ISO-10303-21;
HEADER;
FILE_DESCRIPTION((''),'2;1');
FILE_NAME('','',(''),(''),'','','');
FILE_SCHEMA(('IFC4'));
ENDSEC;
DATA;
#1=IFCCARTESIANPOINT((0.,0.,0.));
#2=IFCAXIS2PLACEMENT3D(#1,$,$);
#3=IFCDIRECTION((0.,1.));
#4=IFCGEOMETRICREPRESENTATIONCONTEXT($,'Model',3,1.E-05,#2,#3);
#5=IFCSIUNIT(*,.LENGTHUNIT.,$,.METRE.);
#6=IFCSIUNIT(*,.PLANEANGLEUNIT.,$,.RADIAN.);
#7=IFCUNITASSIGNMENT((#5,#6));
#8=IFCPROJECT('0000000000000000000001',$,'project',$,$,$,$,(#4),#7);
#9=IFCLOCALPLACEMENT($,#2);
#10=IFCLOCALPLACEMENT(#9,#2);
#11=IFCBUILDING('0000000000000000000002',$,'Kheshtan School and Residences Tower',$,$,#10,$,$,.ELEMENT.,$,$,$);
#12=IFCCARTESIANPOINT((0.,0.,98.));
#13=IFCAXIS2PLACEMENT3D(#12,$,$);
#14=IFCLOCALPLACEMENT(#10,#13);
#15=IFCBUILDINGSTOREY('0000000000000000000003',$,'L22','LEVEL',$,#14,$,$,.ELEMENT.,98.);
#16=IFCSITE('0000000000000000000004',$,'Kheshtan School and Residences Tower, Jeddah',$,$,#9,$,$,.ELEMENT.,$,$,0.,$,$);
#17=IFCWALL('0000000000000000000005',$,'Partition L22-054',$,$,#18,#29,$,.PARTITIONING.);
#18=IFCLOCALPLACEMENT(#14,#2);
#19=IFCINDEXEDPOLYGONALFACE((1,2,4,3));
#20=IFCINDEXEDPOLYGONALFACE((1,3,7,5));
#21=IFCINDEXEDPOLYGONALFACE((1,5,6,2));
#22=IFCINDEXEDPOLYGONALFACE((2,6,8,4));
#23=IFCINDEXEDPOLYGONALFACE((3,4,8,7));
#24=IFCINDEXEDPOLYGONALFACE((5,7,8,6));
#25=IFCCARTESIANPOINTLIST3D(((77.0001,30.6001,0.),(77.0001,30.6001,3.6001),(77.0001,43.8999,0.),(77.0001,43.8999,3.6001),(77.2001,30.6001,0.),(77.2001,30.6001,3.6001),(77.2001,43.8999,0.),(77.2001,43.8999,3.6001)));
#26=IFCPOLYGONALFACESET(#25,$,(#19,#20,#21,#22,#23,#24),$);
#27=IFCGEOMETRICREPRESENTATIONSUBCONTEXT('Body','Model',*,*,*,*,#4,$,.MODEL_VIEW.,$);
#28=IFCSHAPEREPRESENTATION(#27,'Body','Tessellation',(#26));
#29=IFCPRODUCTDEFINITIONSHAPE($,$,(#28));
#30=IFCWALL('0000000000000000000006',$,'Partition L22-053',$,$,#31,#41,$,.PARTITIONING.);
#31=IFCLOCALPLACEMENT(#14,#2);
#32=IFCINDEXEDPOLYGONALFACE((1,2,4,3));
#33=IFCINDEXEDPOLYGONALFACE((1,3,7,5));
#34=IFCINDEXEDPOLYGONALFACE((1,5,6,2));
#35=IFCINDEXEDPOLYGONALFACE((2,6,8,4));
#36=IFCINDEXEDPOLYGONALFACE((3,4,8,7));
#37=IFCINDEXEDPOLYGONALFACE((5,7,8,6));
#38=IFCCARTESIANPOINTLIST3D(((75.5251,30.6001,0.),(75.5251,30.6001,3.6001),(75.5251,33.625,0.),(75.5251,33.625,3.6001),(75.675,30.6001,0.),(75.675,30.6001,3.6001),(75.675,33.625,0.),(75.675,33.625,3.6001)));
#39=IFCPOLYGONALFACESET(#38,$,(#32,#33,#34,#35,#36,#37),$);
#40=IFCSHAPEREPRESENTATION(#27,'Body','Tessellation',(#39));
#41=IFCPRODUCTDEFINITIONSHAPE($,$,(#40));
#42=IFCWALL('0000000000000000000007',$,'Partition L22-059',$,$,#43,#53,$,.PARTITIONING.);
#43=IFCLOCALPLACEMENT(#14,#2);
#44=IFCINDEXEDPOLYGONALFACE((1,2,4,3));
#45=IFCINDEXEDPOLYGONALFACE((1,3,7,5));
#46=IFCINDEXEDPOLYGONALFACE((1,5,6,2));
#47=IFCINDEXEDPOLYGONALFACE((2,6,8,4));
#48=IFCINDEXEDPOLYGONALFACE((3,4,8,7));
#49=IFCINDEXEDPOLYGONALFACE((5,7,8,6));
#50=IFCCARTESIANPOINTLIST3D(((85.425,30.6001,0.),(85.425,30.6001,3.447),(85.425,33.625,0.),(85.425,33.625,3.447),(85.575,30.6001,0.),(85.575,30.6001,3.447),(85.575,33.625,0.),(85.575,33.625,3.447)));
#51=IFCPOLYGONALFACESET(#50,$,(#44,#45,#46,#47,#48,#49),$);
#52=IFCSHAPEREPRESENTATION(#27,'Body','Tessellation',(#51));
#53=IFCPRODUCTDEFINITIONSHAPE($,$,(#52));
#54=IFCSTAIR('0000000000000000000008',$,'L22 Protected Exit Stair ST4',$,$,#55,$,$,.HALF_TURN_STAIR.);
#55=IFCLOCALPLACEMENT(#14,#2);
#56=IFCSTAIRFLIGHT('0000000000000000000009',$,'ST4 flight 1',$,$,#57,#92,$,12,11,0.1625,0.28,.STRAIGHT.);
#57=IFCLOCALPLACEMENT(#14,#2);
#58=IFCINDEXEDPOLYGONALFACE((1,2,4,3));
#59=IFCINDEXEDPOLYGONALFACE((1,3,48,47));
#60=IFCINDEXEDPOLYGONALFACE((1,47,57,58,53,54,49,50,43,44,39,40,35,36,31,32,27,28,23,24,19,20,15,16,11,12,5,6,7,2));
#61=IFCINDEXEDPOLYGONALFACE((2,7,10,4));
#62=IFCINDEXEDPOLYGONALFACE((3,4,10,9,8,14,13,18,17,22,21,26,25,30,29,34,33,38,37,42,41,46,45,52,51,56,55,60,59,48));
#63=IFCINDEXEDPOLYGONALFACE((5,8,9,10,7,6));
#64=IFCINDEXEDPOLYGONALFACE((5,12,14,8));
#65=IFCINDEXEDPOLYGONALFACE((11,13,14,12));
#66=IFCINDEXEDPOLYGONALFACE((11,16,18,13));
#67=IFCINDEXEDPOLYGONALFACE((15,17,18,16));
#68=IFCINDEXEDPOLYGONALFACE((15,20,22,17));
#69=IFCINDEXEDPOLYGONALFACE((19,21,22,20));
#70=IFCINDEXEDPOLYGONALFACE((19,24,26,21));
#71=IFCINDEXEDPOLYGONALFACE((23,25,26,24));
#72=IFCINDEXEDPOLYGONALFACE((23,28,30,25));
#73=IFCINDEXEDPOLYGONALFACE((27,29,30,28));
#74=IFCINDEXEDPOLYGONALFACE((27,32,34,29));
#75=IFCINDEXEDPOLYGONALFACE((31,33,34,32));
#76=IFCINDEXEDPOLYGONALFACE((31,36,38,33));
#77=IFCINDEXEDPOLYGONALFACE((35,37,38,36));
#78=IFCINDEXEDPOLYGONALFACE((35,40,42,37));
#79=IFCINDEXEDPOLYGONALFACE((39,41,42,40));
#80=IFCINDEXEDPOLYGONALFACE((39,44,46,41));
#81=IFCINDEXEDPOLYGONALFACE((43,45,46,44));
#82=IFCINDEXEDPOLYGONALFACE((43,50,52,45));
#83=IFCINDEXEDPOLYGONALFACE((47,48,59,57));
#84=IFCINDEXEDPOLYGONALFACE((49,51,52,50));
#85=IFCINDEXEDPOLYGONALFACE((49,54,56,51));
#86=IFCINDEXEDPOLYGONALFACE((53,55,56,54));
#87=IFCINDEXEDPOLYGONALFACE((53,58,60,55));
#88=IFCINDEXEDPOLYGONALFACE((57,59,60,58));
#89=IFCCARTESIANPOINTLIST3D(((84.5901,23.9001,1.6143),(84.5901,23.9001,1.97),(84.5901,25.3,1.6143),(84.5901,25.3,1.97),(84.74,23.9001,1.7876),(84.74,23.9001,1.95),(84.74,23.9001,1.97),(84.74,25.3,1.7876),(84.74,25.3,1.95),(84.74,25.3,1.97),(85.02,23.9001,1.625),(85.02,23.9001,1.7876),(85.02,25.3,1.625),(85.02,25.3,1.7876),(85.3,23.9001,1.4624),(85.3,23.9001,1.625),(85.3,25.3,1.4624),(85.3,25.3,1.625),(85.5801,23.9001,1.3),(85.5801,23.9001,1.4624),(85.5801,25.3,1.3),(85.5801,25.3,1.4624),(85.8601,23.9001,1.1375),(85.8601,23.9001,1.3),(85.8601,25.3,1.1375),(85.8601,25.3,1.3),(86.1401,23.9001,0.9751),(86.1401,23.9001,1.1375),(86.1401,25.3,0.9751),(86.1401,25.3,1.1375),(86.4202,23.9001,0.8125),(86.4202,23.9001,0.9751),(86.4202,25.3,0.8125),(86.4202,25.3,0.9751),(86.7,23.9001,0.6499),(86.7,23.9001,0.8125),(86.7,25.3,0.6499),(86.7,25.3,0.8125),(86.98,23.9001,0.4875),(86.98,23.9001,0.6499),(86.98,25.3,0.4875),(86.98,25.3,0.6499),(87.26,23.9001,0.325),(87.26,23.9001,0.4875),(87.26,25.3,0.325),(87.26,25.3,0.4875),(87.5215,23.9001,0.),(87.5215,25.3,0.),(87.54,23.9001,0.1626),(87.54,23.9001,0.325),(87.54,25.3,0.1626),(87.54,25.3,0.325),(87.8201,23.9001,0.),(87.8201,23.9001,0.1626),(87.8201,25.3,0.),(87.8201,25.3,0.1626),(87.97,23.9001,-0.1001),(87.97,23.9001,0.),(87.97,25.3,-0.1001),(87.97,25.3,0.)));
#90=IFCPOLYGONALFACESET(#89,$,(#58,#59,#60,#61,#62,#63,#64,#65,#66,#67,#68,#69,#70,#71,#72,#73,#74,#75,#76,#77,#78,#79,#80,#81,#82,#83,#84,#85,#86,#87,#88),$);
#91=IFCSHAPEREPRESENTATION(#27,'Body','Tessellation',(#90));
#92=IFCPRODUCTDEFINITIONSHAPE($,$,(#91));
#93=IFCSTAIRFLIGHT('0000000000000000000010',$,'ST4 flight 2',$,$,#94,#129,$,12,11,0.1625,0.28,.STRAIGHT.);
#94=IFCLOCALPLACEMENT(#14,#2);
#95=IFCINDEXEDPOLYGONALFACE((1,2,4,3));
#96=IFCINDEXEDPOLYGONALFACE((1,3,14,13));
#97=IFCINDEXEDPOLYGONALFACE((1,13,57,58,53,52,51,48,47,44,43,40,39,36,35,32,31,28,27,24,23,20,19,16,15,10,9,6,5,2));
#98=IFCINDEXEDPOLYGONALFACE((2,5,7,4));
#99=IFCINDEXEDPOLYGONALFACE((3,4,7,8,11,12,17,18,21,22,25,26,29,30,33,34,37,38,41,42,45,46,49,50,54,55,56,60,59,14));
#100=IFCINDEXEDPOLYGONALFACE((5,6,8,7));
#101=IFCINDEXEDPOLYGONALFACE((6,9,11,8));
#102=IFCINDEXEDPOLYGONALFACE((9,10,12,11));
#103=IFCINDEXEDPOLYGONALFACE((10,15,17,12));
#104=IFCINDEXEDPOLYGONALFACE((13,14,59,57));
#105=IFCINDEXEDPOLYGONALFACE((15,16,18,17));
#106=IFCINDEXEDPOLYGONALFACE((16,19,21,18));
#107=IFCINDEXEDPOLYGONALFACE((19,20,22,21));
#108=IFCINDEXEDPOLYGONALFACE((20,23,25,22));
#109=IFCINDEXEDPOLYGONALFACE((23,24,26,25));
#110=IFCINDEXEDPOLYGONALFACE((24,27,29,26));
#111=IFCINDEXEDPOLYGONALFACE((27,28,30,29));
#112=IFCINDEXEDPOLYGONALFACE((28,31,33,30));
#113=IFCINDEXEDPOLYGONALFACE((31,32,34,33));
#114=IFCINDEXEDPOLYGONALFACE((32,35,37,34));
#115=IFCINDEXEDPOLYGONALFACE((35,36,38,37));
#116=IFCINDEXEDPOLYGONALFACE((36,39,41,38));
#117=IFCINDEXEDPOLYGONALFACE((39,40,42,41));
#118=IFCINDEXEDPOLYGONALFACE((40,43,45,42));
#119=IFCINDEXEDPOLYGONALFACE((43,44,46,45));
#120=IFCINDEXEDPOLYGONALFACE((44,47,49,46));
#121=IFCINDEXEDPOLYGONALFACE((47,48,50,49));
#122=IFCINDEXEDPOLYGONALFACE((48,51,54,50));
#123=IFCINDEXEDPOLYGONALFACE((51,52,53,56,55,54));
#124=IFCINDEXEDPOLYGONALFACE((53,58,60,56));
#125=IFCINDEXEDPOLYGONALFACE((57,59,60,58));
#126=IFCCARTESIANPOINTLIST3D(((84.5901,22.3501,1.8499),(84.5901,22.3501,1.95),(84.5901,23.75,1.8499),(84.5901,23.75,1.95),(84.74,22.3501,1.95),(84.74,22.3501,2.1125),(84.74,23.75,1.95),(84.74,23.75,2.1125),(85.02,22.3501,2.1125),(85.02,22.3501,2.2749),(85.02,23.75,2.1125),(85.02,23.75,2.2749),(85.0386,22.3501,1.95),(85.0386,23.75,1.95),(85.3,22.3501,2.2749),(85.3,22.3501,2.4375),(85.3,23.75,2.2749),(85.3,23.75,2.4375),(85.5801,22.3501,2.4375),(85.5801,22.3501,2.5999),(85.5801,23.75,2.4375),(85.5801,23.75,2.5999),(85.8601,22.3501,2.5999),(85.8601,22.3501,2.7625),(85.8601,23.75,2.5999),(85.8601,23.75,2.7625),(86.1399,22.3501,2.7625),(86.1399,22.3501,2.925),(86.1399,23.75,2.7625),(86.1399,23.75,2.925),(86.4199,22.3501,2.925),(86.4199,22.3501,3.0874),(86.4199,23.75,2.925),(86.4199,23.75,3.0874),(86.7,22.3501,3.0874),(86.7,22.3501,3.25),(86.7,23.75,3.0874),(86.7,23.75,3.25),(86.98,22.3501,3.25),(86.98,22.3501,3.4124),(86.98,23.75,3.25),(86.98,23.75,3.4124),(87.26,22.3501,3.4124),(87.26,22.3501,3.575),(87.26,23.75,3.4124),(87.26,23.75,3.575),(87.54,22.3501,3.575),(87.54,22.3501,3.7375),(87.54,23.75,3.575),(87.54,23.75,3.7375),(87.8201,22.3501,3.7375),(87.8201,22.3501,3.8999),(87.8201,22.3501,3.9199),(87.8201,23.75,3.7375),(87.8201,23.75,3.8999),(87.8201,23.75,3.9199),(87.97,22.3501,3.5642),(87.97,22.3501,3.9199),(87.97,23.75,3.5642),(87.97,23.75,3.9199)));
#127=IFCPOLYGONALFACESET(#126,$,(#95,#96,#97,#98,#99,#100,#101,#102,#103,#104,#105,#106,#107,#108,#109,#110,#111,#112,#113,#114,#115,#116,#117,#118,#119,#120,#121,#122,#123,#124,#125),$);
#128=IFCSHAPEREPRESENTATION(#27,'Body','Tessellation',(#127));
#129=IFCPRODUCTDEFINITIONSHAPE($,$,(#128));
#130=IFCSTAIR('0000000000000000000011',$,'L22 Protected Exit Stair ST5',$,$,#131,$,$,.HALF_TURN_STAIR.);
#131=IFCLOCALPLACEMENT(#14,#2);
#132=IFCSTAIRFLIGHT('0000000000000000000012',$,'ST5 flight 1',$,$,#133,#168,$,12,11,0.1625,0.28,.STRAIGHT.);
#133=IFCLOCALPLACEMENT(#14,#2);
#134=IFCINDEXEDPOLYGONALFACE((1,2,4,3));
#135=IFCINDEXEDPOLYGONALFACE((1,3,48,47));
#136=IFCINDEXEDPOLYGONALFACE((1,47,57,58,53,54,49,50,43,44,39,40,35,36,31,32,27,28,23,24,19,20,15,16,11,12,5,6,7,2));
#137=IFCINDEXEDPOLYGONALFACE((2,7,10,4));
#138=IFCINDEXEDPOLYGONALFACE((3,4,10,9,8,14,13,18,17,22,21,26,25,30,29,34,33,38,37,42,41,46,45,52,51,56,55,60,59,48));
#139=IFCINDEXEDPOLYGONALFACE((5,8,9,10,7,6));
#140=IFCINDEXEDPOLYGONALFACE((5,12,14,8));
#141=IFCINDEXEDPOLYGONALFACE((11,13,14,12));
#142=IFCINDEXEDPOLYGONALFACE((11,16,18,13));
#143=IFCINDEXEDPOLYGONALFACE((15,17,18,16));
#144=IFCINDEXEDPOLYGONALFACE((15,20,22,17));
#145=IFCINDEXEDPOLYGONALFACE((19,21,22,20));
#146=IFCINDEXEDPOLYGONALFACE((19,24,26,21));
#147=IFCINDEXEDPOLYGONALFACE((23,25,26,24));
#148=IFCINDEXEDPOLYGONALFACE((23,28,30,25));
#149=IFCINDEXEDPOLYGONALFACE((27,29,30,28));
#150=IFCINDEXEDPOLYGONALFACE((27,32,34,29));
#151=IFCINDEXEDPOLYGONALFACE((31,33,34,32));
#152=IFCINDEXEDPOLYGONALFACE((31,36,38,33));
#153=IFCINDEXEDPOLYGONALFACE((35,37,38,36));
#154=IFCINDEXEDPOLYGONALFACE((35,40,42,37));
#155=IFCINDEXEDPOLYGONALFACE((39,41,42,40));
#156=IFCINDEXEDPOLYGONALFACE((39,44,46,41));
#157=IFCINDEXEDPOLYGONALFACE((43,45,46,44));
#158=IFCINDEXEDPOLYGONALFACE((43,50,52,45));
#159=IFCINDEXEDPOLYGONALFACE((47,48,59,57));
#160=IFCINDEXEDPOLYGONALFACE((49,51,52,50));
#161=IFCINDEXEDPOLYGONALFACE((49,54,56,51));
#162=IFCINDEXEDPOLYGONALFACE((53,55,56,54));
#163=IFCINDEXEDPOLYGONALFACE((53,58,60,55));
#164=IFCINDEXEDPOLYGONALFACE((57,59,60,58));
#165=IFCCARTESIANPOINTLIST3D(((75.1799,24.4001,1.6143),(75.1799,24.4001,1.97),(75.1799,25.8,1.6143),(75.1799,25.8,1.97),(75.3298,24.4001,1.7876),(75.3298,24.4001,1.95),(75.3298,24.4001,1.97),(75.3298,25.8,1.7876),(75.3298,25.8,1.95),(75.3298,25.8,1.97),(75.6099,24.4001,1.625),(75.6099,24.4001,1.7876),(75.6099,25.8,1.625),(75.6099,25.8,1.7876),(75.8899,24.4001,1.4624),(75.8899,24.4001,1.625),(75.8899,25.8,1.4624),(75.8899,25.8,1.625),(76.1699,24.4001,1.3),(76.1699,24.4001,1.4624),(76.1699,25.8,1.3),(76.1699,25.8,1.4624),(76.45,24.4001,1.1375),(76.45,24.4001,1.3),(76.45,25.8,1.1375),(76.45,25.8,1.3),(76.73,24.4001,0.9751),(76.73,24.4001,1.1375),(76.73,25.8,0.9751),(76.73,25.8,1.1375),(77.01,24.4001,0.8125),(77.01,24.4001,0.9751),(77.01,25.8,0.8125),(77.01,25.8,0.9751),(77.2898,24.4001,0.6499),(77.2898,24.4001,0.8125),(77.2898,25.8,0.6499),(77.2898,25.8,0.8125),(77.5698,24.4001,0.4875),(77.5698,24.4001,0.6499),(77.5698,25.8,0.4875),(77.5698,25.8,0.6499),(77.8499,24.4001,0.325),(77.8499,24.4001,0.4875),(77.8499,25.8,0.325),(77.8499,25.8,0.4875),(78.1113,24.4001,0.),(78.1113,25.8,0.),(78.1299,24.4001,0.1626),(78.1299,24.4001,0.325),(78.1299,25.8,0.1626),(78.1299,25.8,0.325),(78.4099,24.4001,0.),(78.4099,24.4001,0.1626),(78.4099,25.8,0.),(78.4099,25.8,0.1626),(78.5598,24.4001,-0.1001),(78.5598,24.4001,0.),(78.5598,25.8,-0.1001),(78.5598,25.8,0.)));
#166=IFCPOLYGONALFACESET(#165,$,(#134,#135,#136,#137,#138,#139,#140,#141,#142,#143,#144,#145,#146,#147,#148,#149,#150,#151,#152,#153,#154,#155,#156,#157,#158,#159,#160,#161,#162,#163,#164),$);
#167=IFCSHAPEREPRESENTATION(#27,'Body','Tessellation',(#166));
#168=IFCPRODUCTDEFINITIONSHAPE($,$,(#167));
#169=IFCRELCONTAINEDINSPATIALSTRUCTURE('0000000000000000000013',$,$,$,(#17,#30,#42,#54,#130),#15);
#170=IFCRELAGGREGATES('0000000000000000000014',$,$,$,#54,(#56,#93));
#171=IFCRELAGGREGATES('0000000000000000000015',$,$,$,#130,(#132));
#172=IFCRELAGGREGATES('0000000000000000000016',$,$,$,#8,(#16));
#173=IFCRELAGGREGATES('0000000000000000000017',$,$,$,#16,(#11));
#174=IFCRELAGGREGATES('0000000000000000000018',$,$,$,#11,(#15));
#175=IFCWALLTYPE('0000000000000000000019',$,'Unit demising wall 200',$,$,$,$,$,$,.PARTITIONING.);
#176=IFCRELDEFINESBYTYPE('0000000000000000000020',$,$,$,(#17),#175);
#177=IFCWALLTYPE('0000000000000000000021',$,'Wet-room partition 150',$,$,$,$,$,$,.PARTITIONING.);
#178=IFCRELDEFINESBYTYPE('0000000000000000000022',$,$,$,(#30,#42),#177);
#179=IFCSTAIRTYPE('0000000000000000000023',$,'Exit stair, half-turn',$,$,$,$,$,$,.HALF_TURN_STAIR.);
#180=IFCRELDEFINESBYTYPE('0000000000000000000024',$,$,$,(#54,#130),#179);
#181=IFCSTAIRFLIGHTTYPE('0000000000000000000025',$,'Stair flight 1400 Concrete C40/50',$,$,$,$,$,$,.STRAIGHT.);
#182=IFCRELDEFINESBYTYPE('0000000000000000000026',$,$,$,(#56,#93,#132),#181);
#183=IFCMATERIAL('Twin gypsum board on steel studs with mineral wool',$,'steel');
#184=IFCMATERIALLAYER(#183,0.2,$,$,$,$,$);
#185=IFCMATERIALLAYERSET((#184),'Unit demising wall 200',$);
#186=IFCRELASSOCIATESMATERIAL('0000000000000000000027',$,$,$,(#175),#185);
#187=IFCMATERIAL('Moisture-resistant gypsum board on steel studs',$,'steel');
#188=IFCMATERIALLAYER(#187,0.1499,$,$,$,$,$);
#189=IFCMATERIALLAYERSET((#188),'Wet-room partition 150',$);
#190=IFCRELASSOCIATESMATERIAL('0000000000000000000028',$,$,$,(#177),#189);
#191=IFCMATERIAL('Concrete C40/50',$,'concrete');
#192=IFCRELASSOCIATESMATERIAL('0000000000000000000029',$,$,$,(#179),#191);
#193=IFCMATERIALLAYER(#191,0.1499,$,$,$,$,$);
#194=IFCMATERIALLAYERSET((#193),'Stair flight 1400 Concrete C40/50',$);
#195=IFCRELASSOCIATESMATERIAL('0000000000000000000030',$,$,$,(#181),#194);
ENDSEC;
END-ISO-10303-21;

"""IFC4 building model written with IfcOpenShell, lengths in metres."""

from ifc_helpers import new_model, si_unit, direction, frame, frame_2d, origin, place, context, subcontext, project, spatial, polyline, rectangle, outline, extrude, material, layer, layer_set, type_object, element, aggregate, save


model = new_model("IFC4")

# Units and contexts
model_context = context("Model", 3, precision=1e-05, world=origin(), true_north=direction((0.0, 1.0)))
body_context = subcontext(model_context, "Body", "Model", "MODEL_VIEW")
ifc_project = project(units=[si_unit("LENGTHUNIT", "METRE"), si_unit("PLANEANGLEUNIT", "RADIAN")], contexts=[model_context])

# Site, building, storey
site_placement = place(None, origin())
site = spatial("IfcSite", under=ifc_project, at=site_placement, Name="Kheshtan School and Residences Tower, Jeddah", CompositionType="ELEMENT", RefElevation=0.0)
building_placement = place(site_placement, origin())
building = spatial("IfcBuilding", under=site, at=building_placement, Name="Kheshtan School and Residences Tower", CompositionType="ELEMENT")
storey_placement = place(building_placement, frame((0.0, 0.0, 98.0)))
storey = spatial("IfcBuildingStorey", under=building, at=storey_placement, Name="L22", Description="LEVEL", CompositionType="ELEMENT", Elevation=98.0)

# Shared definitions
ifc_material_1 = material(Name="Concrete C40/50", Category="concrete")

# Walls
ifc_material_2 = material(Name="Twin gypsum board on steel studs with mineral wool", Category="steel")
ifc_layer_1 = layer(ifc_material_2, 0.2)
ifc_layer_set_1 = layer_set([ifc_layer_1], Name="Unit demising wall 200")
wall_type_1 = type_object("IfcWallType", Name="Unit demising wall 200", PredefinedType="PARTITIONING", material=ifc_layer_set_1)
wall_1_placement = place(storey_placement, frame((77.1001, 30.6001, 0.0), z_axis=(0.0, 0.0, 1.0), x_axis=(0.0, 1.0, 0.0)))
element("IfcWall", 1, at=wall_1_placement, inside=storey, type_object=wall_type_1, Name="Partition L22-054", PredefinedType="PARTITIONING", context=body_context, shape_type="SweptSolid", body=[
    extrude(rectangle(XDim=13.2998, YDim=0.2, at=frame_2d((6.6499, 0.0))), origin(), (0.0, 0.0, 1.0), 3.6001),
])
ifc_material_3 = material(Name="Moisture-resistant gypsum board on steel studs", Category="steel")
ifc_layer_2 = layer(ifc_material_3, 0.1499)
ifc_layer_set_2 = layer_set([ifc_layer_2], Name="Wet-room partition 150")
wall_type_2 = type_object("IfcWallType", Name="Wet-room partition 150", PredefinedType="PARTITIONING", material=ifc_layer_set_2)
wall_2_placement = place(storey_placement, frame((75.6001, 30.6001, 0.0), z_axis=(0.0, 0.0, 1.0), x_axis=(0.0, 1.0, 0.0)))
element("IfcWall", 2, at=wall_2_placement, inside=storey, type_object=wall_type_2, Name="Partition L22-053", PredefinedType="PARTITIONING", context=body_context, shape_type="SweptSolid", body=[
    extrude(rectangle(XDim=3.0249, YDim=0.1499, at=frame_2d((1.5125, 0.0))), origin(), (0.0, 0.0, 1.0), 3.6001),
])
wall_3_placement = place(storey_placement, frame((85.5, 30.6001, 0.0), z_axis=(0.0, 0.0, 1.0), x_axis=(0.0, 1.0, 0.0)))
element("IfcWall", 3, at=wall_3_placement, inside=storey, type_object=wall_type_2, Name="Partition L22-059", PredefinedType="PARTITIONING", context=body_context, shape_type="SweptSolid", body=[
    extrude(rectangle(XDim=3.0249, YDim=0.1499, at=frame_2d((1.5125, 0.0))), origin(), (0.0, 0.0, 1.0), 3.447),
])

# Stair, stair flights
stair_type = type_object("IfcStairType", Name="Exit stair, half-turn", PredefinedType="HALF_TURN_STAIR", material=ifc_material_1)
stair_1_placement = place(storey_placement, origin())
stair_1 = element("IfcStair", 4, at=stair_1_placement, inside=storey, type_object=stair_type, Name="L22 Protected Exit Stair ST4", PredefinedType="HALF_TURN_STAIR")
ifc_layer_3 = layer(ifc_material_1, 0.1499)
ifc_layer_set_3 = layer_set([ifc_layer_3], Name="Stair flight 1400 Concrete C40/50")
stair_flight_type = type_object("IfcStairFlightType", Name="Stair flight 1400 Concrete C40/50", PredefinedType="STRAIGHT", material=ifc_layer_set_3)
stair_flight_1_placement = place(storey_placement, frame((87.8201, 24.6001, 0.0), z_axis=(0.0, 0.0, 1.0), x_axis=(-1.0, 0.0, 0.0)))
stair_flight_1 = element("IfcStairFlight", 5, at=stair_flight_1_placement, type_object=stair_flight_type, Name="ST4 flight 1", NumberOfRisers=12, NumberOfTreads=11, PredefinedType="STRAIGHT", RiserHeight=0.1625, TreadLength=0.28, context=body_context, shape_type="SweptSolid", body=[
    extrude(outline(polyline([(-0.1499, -0.1001), (-0.1499, 0.0), (0.0, 0.0), (0.0, 0.1626), (0.28, 0.1626), (0.28, 0.325), (0.5601, 0.325), (0.5601, 0.4875), (0.8401, 0.4875), (0.8401, 0.6499), (1.1201, 0.6499), (1.1201, 0.8125), (1.3999, 0.8125), (1.3999, 0.9751), (1.6799, 0.9751), (1.6799, 1.1375), (1.96, 1.1375), (1.96, 1.3), (2.24, 1.3), (2.24, 1.4624), (2.52, 1.4624), (2.52, 1.625), (2.8, 1.625), (2.8, 1.7876), (3.0801, 1.7876), (3.0801, 1.95), (3.0801, 1.97), (3.23, 1.97), (3.23, 1.6143), (0.2986, 0.0), (-0.1499, -0.1001)])), frame((0.0, 0.7, 0.0), z_axis=(0.0, -1.0, 0.0), x_axis=(1.0, 0.0, 0.0)), (0.0, 0.0, 1.0), 1.3999),
])
stair_flight_2_placement = place(storey_placement, frame((84.74, 23.05, 1.95), z_axis=(0.0, 0.0, 1.0), x_axis=(1.0, 0.0, 0.0)))
stair_flight_2 = element("IfcStairFlight", 6, at=stair_flight_2_placement, type_object=stair_flight_type, Name="ST4 flight 2", NumberOfRisers=12, NumberOfTreads=11, PredefinedType="STRAIGHT", RiserHeight=0.1625, TreadLength=0.28, context=body_context, shape_type="SweptSolid", body=[
    extrude(outline(polyline([(-0.1499, -0.1001), (-0.1499, 0.0), (0.0, 0.0), (0.0, 0.1626), (0.28, 0.1626), (0.28, 0.325), (0.5601, 0.325), (0.5601, 0.4875), (0.8401, 0.4875), (0.8401, 0.6499), (1.1201, 0.6499), (1.1201, 0.8125), (1.3999, 0.8125), (1.3999, 0.9751), (1.6799, 0.9751), (1.6799, 1.1375), (1.96, 1.1375), (1.96, 1.3), (2.24, 1.3), (2.24, 1.4624), (2.52, 1.4624), (2.52, 1.625), (2.8, 1.625), (2.8, 1.7876), (3.0801, 1.7876), (3.0801, 1.95), (3.0801, 1.97), (3.23, 1.97), (3.23, 1.6143), (0.2986, 0.0), (-0.1499, -0.1001)])), frame((0.0, 0.7, 0.0), z_axis=(0.0, -1.0, 0.0), x_axis=(1.0, 0.0, 0.0)), (0.0, 0.0, 1.0), 1.3999),
])
aggregate(stair_1, [stair_flight_1, stair_flight_2])

# Stair, stair flight
stair_2_placement = place(storey_placement, origin())
stair_2 = element("IfcStair", 7, at=stair_2_placement, inside=storey, type_object=stair_type, Name="L22 Protected Exit Stair ST5", PredefinedType="HALF_TURN_STAIR")
stair_flight_3_placement = place(storey_placement, frame((78.4099, 25.1001, 0.0), z_axis=(0.0, 0.0, 1.0), x_axis=(-1.0, 0.0, 0.0)))
stair_flight_3 = element("IfcStairFlight", 8, at=stair_flight_3_placement, type_object=stair_flight_type, Name="ST5 flight 1", NumberOfRisers=12, NumberOfTreads=11, PredefinedType="STRAIGHT", RiserHeight=0.1625, TreadLength=0.28, context=body_context, shape_type="SweptSolid", body=[
    extrude(outline(polyline([(-0.1499, -0.1001), (-0.1499, 0.0), (0.0, 0.0), (0.0, 0.1626), (0.28, 0.1626), (0.28, 0.325), (0.5601, 0.325), (0.5601, 0.4875), (0.8401, 0.4875), (0.8401, 0.6499), (1.1201, 0.6499), (1.1201, 0.8125), (1.3999, 0.8125), (1.3999, 0.9751), (1.6799, 0.9751), (1.6799, 1.1375), (1.96, 1.1375), (1.96, 1.3), (2.24, 1.3), (2.24, 1.4624), (2.52, 1.4624), (2.52, 1.625), (2.8, 1.625), (2.8, 1.7876), (3.0801, 1.7876), (3.0801, 1.95), (3.0801, 1.97), (3.23, 1.97), (3.23, 1.6143), (0.2986, 0.0), (-0.1499, -0.1001)])), frame((0.0, 0.7, 0.0), z_axis=(0.0, -1.0, 0.0), x_axis=(1.0, 0.0, 0.0)), (0.0, 0.0, 1.0), 1.3999),
])
aggregate(stair_2, [stair_flight_3])

save(model, "model.ifc")
